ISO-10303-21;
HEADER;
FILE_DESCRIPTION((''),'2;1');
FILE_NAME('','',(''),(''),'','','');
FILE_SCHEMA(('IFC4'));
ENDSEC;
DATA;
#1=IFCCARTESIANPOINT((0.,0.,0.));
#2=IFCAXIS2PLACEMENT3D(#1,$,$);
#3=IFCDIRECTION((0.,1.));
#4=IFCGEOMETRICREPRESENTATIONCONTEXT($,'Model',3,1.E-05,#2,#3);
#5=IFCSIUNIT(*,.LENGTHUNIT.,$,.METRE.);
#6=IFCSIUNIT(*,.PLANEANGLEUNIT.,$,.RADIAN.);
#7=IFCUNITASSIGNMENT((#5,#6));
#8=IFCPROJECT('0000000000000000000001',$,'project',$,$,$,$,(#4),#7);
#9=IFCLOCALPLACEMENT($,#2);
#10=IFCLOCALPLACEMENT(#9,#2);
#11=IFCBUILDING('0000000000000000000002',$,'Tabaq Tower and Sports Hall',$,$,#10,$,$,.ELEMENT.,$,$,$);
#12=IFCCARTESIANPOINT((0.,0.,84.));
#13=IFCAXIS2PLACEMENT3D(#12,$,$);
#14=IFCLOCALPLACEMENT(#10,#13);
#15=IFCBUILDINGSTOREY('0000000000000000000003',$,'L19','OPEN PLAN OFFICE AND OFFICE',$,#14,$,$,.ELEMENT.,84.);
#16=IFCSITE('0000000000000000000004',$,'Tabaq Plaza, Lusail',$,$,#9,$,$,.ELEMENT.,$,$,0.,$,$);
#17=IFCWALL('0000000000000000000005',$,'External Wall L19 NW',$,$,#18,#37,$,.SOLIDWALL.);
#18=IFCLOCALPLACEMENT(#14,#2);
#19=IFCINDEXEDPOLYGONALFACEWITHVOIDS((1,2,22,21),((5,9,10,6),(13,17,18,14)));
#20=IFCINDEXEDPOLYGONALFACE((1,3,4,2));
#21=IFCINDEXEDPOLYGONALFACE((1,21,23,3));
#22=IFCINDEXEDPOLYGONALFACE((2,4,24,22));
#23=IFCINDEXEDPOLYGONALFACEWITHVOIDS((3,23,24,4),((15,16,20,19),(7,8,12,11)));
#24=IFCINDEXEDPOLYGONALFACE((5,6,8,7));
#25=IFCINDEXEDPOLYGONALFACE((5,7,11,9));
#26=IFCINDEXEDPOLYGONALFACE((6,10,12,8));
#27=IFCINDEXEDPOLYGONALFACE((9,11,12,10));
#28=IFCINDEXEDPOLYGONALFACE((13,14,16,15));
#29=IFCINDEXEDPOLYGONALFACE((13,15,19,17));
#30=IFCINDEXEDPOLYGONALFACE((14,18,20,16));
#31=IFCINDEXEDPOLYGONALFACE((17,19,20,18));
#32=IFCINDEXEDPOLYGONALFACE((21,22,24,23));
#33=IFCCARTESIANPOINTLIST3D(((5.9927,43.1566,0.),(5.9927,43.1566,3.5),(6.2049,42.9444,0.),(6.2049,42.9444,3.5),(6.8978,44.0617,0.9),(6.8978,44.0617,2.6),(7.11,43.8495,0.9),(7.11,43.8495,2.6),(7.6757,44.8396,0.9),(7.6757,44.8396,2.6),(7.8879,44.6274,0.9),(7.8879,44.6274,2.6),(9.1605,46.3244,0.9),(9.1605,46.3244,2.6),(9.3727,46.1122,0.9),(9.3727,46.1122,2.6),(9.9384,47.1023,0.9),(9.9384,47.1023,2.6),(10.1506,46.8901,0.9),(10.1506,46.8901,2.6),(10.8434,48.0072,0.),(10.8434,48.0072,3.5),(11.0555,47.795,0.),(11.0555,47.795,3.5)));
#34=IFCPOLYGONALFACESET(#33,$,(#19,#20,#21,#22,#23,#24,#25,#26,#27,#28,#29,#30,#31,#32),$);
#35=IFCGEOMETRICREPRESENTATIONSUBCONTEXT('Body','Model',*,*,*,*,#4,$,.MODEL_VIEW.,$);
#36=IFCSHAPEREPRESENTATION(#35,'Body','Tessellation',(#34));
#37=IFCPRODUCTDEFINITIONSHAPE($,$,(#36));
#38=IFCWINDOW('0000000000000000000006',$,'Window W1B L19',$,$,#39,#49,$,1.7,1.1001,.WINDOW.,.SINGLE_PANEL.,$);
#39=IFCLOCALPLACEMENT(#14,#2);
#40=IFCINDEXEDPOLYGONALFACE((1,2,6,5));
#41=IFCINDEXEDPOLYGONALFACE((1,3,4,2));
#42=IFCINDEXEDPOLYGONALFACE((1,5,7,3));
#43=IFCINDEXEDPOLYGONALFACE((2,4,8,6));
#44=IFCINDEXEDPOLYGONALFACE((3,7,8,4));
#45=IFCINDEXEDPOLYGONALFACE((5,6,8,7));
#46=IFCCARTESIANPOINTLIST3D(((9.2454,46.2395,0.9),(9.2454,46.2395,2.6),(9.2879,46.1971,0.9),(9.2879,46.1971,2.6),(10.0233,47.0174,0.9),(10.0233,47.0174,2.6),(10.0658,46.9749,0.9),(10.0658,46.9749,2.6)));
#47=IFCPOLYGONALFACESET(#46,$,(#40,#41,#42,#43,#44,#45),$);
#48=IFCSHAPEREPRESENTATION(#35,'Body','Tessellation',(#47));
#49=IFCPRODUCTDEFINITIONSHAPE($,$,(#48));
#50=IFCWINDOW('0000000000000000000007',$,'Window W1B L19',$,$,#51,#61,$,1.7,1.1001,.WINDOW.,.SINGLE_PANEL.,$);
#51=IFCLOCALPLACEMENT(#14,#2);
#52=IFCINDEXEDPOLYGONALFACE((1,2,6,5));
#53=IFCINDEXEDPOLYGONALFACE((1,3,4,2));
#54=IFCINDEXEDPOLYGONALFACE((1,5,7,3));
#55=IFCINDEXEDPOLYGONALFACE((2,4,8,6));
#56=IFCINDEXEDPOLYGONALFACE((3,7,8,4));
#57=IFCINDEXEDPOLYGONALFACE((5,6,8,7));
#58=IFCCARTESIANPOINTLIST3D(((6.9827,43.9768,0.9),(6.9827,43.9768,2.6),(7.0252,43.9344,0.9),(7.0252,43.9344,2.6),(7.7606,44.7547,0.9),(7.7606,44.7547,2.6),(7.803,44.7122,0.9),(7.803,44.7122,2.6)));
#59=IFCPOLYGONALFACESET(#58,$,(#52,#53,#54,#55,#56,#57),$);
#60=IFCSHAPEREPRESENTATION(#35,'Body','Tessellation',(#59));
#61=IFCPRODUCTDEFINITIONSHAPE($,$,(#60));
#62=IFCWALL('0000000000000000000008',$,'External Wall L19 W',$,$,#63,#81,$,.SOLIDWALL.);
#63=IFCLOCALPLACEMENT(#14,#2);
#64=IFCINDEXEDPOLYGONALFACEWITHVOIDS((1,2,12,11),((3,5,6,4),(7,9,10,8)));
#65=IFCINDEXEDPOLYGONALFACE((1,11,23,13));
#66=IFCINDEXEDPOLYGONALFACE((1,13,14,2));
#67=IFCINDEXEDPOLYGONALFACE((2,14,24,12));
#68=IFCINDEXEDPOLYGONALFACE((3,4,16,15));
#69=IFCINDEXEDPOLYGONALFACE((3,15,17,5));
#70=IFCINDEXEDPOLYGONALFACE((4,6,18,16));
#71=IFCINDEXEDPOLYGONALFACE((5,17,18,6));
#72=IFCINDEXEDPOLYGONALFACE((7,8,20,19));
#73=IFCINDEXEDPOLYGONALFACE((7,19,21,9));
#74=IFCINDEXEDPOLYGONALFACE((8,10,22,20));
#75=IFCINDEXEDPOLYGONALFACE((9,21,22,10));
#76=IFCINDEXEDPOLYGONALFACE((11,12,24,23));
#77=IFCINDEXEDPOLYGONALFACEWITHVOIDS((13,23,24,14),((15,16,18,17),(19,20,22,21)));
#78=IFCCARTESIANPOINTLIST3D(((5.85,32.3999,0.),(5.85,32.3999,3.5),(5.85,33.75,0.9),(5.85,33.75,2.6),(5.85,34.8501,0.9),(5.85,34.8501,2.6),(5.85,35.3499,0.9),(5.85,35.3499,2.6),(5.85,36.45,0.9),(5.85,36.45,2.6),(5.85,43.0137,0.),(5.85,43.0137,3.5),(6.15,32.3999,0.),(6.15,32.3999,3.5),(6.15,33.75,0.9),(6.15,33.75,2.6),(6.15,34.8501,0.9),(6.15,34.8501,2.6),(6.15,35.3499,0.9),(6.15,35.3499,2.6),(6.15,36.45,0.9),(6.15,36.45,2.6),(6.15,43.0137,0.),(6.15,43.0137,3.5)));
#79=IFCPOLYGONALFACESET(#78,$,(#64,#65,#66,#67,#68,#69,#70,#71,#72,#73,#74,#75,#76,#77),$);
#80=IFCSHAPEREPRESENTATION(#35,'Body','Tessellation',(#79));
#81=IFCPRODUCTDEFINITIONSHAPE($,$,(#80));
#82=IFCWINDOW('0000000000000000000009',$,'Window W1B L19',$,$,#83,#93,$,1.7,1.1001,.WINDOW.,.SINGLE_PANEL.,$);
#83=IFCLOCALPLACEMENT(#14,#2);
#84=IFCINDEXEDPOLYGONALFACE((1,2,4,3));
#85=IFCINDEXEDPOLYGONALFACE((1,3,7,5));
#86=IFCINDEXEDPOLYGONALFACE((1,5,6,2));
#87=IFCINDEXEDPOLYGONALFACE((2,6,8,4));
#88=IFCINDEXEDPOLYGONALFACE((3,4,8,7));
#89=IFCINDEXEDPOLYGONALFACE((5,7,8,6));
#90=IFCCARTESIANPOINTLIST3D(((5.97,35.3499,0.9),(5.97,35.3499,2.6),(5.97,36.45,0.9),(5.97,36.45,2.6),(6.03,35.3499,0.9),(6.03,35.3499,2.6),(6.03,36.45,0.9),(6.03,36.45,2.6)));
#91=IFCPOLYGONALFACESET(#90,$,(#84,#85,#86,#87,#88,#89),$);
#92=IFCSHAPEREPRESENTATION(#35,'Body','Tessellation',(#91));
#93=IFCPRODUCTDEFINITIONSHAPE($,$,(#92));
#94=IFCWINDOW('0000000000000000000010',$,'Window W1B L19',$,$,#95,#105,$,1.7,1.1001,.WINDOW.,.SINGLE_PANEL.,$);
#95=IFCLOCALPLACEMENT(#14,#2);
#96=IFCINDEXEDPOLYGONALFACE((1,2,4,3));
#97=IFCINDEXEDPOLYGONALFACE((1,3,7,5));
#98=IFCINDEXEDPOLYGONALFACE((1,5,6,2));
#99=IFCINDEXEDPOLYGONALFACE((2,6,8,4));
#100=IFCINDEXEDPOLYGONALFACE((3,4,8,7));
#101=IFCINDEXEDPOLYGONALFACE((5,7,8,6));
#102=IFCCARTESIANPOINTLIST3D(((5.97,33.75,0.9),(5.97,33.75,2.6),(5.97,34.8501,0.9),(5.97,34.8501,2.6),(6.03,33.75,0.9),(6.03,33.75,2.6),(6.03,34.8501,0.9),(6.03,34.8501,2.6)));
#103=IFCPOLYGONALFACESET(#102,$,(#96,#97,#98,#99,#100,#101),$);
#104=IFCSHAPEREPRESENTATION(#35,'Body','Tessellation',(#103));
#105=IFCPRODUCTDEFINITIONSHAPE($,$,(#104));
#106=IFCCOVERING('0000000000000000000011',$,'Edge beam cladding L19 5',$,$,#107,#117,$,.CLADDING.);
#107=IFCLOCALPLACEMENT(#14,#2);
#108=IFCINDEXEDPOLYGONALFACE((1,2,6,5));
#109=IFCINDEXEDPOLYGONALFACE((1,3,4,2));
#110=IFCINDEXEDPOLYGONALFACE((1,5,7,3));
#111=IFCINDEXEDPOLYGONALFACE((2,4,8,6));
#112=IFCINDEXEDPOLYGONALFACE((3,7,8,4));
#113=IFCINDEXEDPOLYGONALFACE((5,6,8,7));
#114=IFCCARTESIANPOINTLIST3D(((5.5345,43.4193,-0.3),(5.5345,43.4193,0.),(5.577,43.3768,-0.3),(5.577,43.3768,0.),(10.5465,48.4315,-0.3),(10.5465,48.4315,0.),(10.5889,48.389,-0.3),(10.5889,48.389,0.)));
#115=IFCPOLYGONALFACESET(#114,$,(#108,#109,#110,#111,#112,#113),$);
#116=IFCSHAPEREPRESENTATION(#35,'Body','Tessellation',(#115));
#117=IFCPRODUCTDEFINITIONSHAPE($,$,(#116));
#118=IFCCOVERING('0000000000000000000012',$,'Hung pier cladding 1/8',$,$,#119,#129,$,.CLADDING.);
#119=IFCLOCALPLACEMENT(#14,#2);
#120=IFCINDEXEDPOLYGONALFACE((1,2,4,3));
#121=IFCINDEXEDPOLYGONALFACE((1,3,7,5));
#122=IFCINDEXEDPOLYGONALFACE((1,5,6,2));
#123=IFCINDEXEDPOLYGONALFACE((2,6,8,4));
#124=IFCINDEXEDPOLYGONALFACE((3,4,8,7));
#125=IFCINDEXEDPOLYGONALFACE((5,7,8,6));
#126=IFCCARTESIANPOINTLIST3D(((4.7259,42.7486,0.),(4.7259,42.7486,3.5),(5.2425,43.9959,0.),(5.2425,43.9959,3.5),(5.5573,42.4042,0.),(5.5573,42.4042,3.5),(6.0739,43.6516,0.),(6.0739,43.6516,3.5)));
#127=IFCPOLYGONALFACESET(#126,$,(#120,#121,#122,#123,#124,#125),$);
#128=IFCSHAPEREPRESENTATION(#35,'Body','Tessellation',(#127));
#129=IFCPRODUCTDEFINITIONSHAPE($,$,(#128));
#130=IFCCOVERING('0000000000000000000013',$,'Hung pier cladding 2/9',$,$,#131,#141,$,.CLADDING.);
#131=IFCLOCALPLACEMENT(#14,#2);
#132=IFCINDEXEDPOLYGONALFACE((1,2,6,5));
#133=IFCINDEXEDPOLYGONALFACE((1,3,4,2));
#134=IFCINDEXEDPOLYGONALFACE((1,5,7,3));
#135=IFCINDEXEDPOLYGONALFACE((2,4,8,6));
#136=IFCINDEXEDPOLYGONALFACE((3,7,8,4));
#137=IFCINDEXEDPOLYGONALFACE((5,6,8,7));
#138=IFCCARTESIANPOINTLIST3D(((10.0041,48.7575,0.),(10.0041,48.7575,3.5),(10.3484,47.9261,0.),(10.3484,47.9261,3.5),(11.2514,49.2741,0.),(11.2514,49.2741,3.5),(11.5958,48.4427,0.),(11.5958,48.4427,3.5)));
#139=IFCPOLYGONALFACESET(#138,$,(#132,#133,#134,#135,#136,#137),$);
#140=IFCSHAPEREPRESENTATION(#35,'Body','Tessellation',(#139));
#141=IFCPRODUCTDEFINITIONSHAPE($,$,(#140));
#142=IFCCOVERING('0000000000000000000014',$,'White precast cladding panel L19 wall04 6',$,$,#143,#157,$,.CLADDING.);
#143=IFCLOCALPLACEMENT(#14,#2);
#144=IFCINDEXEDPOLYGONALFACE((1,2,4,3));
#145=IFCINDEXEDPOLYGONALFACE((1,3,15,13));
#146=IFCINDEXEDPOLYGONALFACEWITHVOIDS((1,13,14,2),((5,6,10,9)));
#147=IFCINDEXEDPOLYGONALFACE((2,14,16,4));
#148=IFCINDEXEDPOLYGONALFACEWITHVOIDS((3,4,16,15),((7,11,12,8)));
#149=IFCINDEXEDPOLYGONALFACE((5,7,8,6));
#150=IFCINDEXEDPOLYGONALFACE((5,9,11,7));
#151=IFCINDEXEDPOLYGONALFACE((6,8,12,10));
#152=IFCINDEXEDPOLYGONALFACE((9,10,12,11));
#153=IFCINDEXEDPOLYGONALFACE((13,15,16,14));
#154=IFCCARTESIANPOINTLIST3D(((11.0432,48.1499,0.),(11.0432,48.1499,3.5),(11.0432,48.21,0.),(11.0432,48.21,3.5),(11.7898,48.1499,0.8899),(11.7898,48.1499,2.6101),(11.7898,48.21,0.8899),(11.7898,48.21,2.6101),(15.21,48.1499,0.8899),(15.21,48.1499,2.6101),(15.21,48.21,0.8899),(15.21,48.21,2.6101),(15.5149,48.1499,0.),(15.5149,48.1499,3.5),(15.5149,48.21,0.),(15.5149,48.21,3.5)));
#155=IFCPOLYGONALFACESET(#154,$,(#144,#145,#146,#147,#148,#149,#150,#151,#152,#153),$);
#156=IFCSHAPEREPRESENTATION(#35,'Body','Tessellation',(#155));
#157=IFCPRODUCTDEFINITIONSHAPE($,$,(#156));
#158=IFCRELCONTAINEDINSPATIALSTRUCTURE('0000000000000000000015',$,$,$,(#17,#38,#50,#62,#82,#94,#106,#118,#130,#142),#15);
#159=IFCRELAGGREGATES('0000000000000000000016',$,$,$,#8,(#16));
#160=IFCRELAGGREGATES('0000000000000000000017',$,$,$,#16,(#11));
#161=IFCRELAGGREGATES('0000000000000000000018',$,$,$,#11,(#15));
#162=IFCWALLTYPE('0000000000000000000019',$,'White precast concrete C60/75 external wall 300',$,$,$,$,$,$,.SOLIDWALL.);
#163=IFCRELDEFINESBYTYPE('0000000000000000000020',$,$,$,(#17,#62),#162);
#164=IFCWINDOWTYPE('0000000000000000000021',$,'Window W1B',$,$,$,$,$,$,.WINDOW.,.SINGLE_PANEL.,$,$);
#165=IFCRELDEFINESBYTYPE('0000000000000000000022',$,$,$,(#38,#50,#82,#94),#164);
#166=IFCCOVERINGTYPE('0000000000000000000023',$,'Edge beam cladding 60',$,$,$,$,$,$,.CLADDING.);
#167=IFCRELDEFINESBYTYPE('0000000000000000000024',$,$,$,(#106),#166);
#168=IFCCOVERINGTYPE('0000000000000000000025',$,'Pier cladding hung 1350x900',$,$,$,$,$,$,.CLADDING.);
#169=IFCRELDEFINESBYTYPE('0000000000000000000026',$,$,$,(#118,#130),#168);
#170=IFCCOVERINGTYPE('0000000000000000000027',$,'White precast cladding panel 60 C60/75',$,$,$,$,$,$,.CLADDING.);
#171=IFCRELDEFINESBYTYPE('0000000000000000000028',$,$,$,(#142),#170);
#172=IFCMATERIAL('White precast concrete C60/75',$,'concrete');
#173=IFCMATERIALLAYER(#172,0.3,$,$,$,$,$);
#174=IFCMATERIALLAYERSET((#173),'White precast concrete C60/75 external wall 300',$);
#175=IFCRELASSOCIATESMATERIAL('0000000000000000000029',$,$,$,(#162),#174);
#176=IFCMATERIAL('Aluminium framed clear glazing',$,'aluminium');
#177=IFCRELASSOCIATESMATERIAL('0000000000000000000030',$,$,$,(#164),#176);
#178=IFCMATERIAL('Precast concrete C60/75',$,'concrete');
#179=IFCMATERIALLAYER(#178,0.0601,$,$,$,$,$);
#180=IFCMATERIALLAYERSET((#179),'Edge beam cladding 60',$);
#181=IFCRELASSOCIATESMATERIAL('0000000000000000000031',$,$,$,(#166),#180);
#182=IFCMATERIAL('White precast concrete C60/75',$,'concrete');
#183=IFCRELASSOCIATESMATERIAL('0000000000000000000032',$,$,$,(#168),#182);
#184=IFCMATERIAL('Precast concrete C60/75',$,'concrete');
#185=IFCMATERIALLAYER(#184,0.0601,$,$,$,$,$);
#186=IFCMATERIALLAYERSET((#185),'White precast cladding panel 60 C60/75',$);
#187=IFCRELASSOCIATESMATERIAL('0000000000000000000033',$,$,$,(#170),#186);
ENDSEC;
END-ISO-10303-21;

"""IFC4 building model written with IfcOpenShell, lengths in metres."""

from ifc_helpers import new_model, si_unit, direction, frame, frame_2d, origin, place, context, subcontext, project, spatial, polyline, rectangle, outline, extrude, material, layer, layer_set, type_object, element, fill, save


model = new_model("IFC4")

# Units and contexts
model_context = context("Model", 3, precision=1e-05, world=origin(), true_north=direction((0.0, 1.0)))
body_context = subcontext(model_context, "Body", "Model", "MODEL_VIEW")
ifc_project = project(units=[si_unit("LENGTHUNIT", "METRE"), si_unit("PLANEANGLEUNIT", "RADIAN")], contexts=[model_context])

# Site, building, storey
site_placement = place(None, origin())
site = spatial("IfcSite", under=ifc_project, at=site_placement, Name="Tabaq Plaza, Lusail", CompositionType="ELEMENT", RefElevation=0.0)
building_placement = place(site_placement, origin())
building = spatial("IfcBuilding", under=site, at=building_placement, Name="Tabaq Tower and Sports Hall", CompositionType="ELEMENT")
storey_placement = place(building_placement, frame((0.0, 0.0, 84.0)))
storey = spatial("IfcBuildingStorey", under=building, at=storey_placement, Name="L19", Description="OPEN PLAN OFFICE AND OFFICE", CompositionType="ELEMENT", Elevation=84.0)

# Walls, openings, windows
ifc_material_1 = material(Name="White precast concrete C60/75", Category="concrete")
ifc_layer_1 = layer(ifc_material_1, 0.3)
ifc_layer_set_1 = layer_set([ifc_layer_1], Name="White precast concrete C60/75 external wall 300")
wall_type_1 = type_object("IfcWallType", Name="White precast concrete C60/75 external wall 300", PredefinedType="SOLIDWALL", material=ifc_layer_set_1)
wall_1_placement = place(storey_placement, frame((10.9495, 47.9011, 0.0), z_axis=(0.0, 0.0, 1.0), x_axis=(-0.707107, -0.707107, 0.0)))
wall_1 = element("IfcWall", 1, at=wall_1_placement, inside=storey, type_object=wall_type_1, Name="External Wall L19 NW", PredefinedType="SOLIDWALL", context=body_context, shape_type="SweptSolid", body=[
    extrude(rectangle(XDim=6.8599, YDim=0.3, at=frame_2d((3.4299, 0.0))), origin(), (0.0, 0.0, 1.0), 3.5),
])
opening_1_placement = place(wall_1_placement, frame((1.2798, 0.0, 0.8999)))
opening_1 = element("IfcOpeningElement", 2, at=opening_1_placement, cuts=wall_1, PredefinedType="OPENING", context=body_context, shape_type="SweptSolid", body=[
    extrude(rectangle(XDim=1.1001, YDim=1.7, at=frame_2d((0.55, 0.8501))), frame((0.0, 0.1602, 0.0), z_axis=(0.0, -1.0, 0.0), x_axis=(1.0, 0.0, 0.0)), (0.0, 0.0, 1.0), 0.3201),
])
opening_2_placement = place(wall_1_placement, frame((4.4797, 0.0, 0.8999)))
opening_2 = element("IfcOpeningElement", 3, at=opening_2_placement, cuts=wall_1, PredefinedType="OPENING", context=body_context, shape_type="SweptSolid", body=[
    extrude(rectangle(XDim=1.1001, YDim=1.7, at=frame_2d((0.55, 0.8501))), frame((0.0, 0.1602, 0.0), z_axis=(0.0, -1.0, 0.0), x_axis=(1.0, 0.0, 0.0)), (0.0, 0.0, 1.0), 0.3201),
])
ifc_material_2 = material(Name="Aluminium framed clear glazing", Category="aluminium")
window_type = type_object("IfcWindowType", Name="Window W1B", PartitioningType="SINGLE_PANEL", PredefinedType="WINDOW", material=ifc_material_2)
window_1_placement = place(opening_1_placement, origin())
window_1 = element("IfcWindow", 4, at=window_1_placement, inside=storey, type_object=window_type, Name="Window W1B L19", OverallHeight=1.7, OverallWidth=1.1001, PartitioningType="SINGLE_PANEL", PredefinedType="WINDOW", context=body_context, shape_type="SweptSolid", body=[
    extrude(rectangle(XDim=1.1001, YDim=1.7, at=frame_2d((0.55, 0.8501))), frame((0.0, 0.03, 0.0), z_axis=(0.0, -1.0, 0.0), x_axis=(1.0, 0.0, 0.0)), (0.0, 0.0, 1.0), 0.0601),
])
fill(opening_1, window_1)
window_2_placement = place(opening_2_placement, origin())
window_2 = element("IfcWindow", 5, at=window_2_placement, inside=storey, type_object=window_type, Name="Window W1B L19", OverallHeight=1.7, OverallWidth=1.1001, PartitioningType="SINGLE_PANEL", PredefinedType="WINDOW", context=body_context, shape_type="SweptSolid", body=[
    extrude(rectangle(XDim=1.1001, YDim=1.7, at=frame_2d((0.55, 0.8501))), frame((0.0, 0.03, 0.0), z_axis=(0.0, -1.0, 0.0), x_axis=(1.0, 0.0, 0.0)), (0.0, 0.0, 1.0), 0.0601),
])
fill(opening_2, window_2)
wall_2_placement = place(storey_placement, frame((6.0, 43.0137, 0.0), z_axis=(0.0, 0.0, 1.0), x_axis=(0.0, -1.0, 0.0)))
wall_2 = element("IfcWall", 6, at=wall_2_placement, inside=storey, type_object=wall_type_1, Name="External Wall L19 W", PredefinedType="SOLIDWALL", context=body_context, shape_type="SweptSolid", body=[
    extrude(rectangle(XDim=10.6138, YDim=0.3, at=frame_2d((5.3069, 0.0))), origin(), (0.0, 0.0, 1.0), 3.5),
])
opening_3_placement = place(wall_2_placement, frame((6.5637, 0.0, 0.8999)))
opening_3 = element("IfcOpeningElement", 7, at=opening_3_placement, cuts=wall_2, PredefinedType="OPENING", context=body_context, shape_type="SweptSolid", body=[
    extrude(rectangle(XDim=1.1001, YDim=1.7, at=frame_2d((0.55, 0.8501))), frame((0.0, 0.1602, 0.0), z_axis=(0.0, -1.0, 0.0), x_axis=(1.0, 0.0, 0.0)), (0.0, 0.0, 1.0), 0.3201),
])
opening_4_placement = place(wall_2_placement, frame((8.1636, 0.0, 0.8999)))
opening_4 = element("IfcOpeningElement", 8, at=opening_4_placement, cuts=wall_2, PredefinedType="OPENING", context=body_context, shape_type="SweptSolid", body=[
    extrude(rectangle(XDim=1.1001, YDim=1.7, at=frame_2d((0.55, 0.8501))), frame((0.0, 0.1602, 0.0), z_axis=(0.0, -1.0, 0.0), x_axis=(1.0, 0.0, 0.0)), (0.0, 0.0, 1.0), 0.3201),
])
window_3_placement = place(opening_3_placement, origin())
window_3 = element("IfcWindow", 9, at=window_3_placement, inside=storey, type_object=window_type, Name="Window W1B L19", OverallHeight=1.7, OverallWidth=1.1001, PartitioningType="SINGLE_PANEL", PredefinedType="WINDOW", context=body_context, shape_type="SweptSolid", body=[
    extrude(rectangle(XDim=1.1001, YDim=1.7, at=frame_2d((0.55, 0.8501))), frame((0.0, 0.03, 0.0), z_axis=(0.0, -1.0, 0.0), x_axis=(1.0, 0.0, 0.0)), (0.0, 0.0, 1.0), 0.0601),
])
fill(opening_3, window_3)
window_4_placement = place(opening_4_placement, origin())
window_4 = element("IfcWindow", 10, at=window_4_placement, inside=storey, type_object=window_type, Name="Window W1B L19", OverallHeight=1.7, OverallWidth=1.1001, PartitioningType="SINGLE_PANEL", PredefinedType="WINDOW", context=body_context, shape_type="SweptSolid", body=[
    extrude(rectangle(XDim=1.1001, YDim=1.7, at=frame_2d((0.55, 0.8501))), frame((0.0, 0.03, 0.0), z_axis=(0.0, -1.0, 0.0), x_axis=(1.0, 0.0, 0.0)), (0.0, 0.0, 1.0), 0.0601),
])
fill(opening_4, window_4)

# Coverings
ifc_material_3 = material(Name="Precast concrete C60/75", Category="concrete")
ifc_layer_2 = layer(ifc_material_3, 0.0601)
ifc_layer_set_2 = layer_set([ifc_layer_2], Name="Edge beam cladding 60")
covering_type_1 = type_object("IfcCoveringType", Name="Edge beam cladding 60", PredefinedType="CLADDING", material=ifc_layer_set_2)
covering_1_placement = place(storey_placement, frame((10.5676, 48.4102, -0.3), z_axis=(0.0, 0.0, 1.0), x_axis=(-0.70709, -0.707124, 0.0)))
element("IfcCovering", 11, at=covering_1_placement, inside=storey, type_object=covering_type_1, Name="Edge beam cladding L19 5", PredefinedType="CLADDING", context=body_context, shape_type="SweptSolid", body=[
    extrude(rectangle(XDim=7.0881, YDim=0.0601, at=frame_2d((3.5439, 0.0))), origin(), (0.0, 0.0, 1.0), 0.3),
])
ifc_material_4 = material(Name="White precast concrete C60/75", Category="concrete")
covering_type_2 = type_object("IfcCoveringType", Name="Pier cladding hung 1350x900", PredefinedType="CLADDING", material=ifc_material_4)
for number, where, z_axis, x_axis, name in (
    (12, (5.6582, 43.8237, 0.0), (0.0, 0.0, 1.0), (-0.38265, -0.923893, 0.0), "Hung pier cladding 1/8"),
    (13, (11.4236, 48.8584, 0.0), (0.0, 0.0, 1.0), (-0.923893, -0.38265, 0.0), "Hung pier cladding 2/9"),
):
    element("IfcCovering", number, at=place(storey_placement, frame(where, z_axis=z_axis, x_axis=x_axis)), inside=storey, type_object=covering_type_2, Name=name, PredefinedType="CLADDING", context=body_context, shape_type="SweptSolid", body=[
        extrude(rectangle(XDim=1.3501, YDim=0.8999, at=frame_2d((0.675, 0.0))), origin(), (0.0, 0.0, 1.0), 3.5),
    ])
ifc_material_5 = material(Name="Precast concrete C60/75", Category="concrete")
ifc_layer_3 = layer(ifc_material_5, 0.0601)
ifc_layer_set_3 = layer_set([ifc_layer_3], Name="White precast cladding panel 60 C60/75")
covering_type_3 = type_object("IfcCoveringType", Name="White precast cladding panel 60 C60/75", PredefinedType="CLADDING", material=ifc_layer_set_3)
covering_2_placement = place(storey_placement, frame((15.5149, 48.1799, 0.0), z_axis=(0.0, 0.0, 1.0), x_axis=(-1.0, 0.0, 0.0)))
element("IfcCovering", 14, at=covering_2_placement, inside=storey, type_object=covering_type_3, Name="White precast cladding panel L19 wall04 6", PredefinedType="CLADDING", context=body_context, shape_type="SweptSolid", body=[
    extrude(outline(polyline([(0.0, 0.0), (4.4717, 0.0), (4.4717, 3.5), (0.0, 3.5), (0.0, 0.0)]), holes=[polyline([(0.3049, 0.8899), (0.3049, 2.6101), (3.7251, 2.6101), (3.7251, 0.8899), (0.3049, 0.8899)])]), frame((0.0, 0.03, 0.0), z_axis=(0.0, -1.0, 0.0), x_axis=(1.0, 0.0, 0.0)), (0.0, 0.0, 1.0), 0.0601),
])

save(model, "model.ifc")
